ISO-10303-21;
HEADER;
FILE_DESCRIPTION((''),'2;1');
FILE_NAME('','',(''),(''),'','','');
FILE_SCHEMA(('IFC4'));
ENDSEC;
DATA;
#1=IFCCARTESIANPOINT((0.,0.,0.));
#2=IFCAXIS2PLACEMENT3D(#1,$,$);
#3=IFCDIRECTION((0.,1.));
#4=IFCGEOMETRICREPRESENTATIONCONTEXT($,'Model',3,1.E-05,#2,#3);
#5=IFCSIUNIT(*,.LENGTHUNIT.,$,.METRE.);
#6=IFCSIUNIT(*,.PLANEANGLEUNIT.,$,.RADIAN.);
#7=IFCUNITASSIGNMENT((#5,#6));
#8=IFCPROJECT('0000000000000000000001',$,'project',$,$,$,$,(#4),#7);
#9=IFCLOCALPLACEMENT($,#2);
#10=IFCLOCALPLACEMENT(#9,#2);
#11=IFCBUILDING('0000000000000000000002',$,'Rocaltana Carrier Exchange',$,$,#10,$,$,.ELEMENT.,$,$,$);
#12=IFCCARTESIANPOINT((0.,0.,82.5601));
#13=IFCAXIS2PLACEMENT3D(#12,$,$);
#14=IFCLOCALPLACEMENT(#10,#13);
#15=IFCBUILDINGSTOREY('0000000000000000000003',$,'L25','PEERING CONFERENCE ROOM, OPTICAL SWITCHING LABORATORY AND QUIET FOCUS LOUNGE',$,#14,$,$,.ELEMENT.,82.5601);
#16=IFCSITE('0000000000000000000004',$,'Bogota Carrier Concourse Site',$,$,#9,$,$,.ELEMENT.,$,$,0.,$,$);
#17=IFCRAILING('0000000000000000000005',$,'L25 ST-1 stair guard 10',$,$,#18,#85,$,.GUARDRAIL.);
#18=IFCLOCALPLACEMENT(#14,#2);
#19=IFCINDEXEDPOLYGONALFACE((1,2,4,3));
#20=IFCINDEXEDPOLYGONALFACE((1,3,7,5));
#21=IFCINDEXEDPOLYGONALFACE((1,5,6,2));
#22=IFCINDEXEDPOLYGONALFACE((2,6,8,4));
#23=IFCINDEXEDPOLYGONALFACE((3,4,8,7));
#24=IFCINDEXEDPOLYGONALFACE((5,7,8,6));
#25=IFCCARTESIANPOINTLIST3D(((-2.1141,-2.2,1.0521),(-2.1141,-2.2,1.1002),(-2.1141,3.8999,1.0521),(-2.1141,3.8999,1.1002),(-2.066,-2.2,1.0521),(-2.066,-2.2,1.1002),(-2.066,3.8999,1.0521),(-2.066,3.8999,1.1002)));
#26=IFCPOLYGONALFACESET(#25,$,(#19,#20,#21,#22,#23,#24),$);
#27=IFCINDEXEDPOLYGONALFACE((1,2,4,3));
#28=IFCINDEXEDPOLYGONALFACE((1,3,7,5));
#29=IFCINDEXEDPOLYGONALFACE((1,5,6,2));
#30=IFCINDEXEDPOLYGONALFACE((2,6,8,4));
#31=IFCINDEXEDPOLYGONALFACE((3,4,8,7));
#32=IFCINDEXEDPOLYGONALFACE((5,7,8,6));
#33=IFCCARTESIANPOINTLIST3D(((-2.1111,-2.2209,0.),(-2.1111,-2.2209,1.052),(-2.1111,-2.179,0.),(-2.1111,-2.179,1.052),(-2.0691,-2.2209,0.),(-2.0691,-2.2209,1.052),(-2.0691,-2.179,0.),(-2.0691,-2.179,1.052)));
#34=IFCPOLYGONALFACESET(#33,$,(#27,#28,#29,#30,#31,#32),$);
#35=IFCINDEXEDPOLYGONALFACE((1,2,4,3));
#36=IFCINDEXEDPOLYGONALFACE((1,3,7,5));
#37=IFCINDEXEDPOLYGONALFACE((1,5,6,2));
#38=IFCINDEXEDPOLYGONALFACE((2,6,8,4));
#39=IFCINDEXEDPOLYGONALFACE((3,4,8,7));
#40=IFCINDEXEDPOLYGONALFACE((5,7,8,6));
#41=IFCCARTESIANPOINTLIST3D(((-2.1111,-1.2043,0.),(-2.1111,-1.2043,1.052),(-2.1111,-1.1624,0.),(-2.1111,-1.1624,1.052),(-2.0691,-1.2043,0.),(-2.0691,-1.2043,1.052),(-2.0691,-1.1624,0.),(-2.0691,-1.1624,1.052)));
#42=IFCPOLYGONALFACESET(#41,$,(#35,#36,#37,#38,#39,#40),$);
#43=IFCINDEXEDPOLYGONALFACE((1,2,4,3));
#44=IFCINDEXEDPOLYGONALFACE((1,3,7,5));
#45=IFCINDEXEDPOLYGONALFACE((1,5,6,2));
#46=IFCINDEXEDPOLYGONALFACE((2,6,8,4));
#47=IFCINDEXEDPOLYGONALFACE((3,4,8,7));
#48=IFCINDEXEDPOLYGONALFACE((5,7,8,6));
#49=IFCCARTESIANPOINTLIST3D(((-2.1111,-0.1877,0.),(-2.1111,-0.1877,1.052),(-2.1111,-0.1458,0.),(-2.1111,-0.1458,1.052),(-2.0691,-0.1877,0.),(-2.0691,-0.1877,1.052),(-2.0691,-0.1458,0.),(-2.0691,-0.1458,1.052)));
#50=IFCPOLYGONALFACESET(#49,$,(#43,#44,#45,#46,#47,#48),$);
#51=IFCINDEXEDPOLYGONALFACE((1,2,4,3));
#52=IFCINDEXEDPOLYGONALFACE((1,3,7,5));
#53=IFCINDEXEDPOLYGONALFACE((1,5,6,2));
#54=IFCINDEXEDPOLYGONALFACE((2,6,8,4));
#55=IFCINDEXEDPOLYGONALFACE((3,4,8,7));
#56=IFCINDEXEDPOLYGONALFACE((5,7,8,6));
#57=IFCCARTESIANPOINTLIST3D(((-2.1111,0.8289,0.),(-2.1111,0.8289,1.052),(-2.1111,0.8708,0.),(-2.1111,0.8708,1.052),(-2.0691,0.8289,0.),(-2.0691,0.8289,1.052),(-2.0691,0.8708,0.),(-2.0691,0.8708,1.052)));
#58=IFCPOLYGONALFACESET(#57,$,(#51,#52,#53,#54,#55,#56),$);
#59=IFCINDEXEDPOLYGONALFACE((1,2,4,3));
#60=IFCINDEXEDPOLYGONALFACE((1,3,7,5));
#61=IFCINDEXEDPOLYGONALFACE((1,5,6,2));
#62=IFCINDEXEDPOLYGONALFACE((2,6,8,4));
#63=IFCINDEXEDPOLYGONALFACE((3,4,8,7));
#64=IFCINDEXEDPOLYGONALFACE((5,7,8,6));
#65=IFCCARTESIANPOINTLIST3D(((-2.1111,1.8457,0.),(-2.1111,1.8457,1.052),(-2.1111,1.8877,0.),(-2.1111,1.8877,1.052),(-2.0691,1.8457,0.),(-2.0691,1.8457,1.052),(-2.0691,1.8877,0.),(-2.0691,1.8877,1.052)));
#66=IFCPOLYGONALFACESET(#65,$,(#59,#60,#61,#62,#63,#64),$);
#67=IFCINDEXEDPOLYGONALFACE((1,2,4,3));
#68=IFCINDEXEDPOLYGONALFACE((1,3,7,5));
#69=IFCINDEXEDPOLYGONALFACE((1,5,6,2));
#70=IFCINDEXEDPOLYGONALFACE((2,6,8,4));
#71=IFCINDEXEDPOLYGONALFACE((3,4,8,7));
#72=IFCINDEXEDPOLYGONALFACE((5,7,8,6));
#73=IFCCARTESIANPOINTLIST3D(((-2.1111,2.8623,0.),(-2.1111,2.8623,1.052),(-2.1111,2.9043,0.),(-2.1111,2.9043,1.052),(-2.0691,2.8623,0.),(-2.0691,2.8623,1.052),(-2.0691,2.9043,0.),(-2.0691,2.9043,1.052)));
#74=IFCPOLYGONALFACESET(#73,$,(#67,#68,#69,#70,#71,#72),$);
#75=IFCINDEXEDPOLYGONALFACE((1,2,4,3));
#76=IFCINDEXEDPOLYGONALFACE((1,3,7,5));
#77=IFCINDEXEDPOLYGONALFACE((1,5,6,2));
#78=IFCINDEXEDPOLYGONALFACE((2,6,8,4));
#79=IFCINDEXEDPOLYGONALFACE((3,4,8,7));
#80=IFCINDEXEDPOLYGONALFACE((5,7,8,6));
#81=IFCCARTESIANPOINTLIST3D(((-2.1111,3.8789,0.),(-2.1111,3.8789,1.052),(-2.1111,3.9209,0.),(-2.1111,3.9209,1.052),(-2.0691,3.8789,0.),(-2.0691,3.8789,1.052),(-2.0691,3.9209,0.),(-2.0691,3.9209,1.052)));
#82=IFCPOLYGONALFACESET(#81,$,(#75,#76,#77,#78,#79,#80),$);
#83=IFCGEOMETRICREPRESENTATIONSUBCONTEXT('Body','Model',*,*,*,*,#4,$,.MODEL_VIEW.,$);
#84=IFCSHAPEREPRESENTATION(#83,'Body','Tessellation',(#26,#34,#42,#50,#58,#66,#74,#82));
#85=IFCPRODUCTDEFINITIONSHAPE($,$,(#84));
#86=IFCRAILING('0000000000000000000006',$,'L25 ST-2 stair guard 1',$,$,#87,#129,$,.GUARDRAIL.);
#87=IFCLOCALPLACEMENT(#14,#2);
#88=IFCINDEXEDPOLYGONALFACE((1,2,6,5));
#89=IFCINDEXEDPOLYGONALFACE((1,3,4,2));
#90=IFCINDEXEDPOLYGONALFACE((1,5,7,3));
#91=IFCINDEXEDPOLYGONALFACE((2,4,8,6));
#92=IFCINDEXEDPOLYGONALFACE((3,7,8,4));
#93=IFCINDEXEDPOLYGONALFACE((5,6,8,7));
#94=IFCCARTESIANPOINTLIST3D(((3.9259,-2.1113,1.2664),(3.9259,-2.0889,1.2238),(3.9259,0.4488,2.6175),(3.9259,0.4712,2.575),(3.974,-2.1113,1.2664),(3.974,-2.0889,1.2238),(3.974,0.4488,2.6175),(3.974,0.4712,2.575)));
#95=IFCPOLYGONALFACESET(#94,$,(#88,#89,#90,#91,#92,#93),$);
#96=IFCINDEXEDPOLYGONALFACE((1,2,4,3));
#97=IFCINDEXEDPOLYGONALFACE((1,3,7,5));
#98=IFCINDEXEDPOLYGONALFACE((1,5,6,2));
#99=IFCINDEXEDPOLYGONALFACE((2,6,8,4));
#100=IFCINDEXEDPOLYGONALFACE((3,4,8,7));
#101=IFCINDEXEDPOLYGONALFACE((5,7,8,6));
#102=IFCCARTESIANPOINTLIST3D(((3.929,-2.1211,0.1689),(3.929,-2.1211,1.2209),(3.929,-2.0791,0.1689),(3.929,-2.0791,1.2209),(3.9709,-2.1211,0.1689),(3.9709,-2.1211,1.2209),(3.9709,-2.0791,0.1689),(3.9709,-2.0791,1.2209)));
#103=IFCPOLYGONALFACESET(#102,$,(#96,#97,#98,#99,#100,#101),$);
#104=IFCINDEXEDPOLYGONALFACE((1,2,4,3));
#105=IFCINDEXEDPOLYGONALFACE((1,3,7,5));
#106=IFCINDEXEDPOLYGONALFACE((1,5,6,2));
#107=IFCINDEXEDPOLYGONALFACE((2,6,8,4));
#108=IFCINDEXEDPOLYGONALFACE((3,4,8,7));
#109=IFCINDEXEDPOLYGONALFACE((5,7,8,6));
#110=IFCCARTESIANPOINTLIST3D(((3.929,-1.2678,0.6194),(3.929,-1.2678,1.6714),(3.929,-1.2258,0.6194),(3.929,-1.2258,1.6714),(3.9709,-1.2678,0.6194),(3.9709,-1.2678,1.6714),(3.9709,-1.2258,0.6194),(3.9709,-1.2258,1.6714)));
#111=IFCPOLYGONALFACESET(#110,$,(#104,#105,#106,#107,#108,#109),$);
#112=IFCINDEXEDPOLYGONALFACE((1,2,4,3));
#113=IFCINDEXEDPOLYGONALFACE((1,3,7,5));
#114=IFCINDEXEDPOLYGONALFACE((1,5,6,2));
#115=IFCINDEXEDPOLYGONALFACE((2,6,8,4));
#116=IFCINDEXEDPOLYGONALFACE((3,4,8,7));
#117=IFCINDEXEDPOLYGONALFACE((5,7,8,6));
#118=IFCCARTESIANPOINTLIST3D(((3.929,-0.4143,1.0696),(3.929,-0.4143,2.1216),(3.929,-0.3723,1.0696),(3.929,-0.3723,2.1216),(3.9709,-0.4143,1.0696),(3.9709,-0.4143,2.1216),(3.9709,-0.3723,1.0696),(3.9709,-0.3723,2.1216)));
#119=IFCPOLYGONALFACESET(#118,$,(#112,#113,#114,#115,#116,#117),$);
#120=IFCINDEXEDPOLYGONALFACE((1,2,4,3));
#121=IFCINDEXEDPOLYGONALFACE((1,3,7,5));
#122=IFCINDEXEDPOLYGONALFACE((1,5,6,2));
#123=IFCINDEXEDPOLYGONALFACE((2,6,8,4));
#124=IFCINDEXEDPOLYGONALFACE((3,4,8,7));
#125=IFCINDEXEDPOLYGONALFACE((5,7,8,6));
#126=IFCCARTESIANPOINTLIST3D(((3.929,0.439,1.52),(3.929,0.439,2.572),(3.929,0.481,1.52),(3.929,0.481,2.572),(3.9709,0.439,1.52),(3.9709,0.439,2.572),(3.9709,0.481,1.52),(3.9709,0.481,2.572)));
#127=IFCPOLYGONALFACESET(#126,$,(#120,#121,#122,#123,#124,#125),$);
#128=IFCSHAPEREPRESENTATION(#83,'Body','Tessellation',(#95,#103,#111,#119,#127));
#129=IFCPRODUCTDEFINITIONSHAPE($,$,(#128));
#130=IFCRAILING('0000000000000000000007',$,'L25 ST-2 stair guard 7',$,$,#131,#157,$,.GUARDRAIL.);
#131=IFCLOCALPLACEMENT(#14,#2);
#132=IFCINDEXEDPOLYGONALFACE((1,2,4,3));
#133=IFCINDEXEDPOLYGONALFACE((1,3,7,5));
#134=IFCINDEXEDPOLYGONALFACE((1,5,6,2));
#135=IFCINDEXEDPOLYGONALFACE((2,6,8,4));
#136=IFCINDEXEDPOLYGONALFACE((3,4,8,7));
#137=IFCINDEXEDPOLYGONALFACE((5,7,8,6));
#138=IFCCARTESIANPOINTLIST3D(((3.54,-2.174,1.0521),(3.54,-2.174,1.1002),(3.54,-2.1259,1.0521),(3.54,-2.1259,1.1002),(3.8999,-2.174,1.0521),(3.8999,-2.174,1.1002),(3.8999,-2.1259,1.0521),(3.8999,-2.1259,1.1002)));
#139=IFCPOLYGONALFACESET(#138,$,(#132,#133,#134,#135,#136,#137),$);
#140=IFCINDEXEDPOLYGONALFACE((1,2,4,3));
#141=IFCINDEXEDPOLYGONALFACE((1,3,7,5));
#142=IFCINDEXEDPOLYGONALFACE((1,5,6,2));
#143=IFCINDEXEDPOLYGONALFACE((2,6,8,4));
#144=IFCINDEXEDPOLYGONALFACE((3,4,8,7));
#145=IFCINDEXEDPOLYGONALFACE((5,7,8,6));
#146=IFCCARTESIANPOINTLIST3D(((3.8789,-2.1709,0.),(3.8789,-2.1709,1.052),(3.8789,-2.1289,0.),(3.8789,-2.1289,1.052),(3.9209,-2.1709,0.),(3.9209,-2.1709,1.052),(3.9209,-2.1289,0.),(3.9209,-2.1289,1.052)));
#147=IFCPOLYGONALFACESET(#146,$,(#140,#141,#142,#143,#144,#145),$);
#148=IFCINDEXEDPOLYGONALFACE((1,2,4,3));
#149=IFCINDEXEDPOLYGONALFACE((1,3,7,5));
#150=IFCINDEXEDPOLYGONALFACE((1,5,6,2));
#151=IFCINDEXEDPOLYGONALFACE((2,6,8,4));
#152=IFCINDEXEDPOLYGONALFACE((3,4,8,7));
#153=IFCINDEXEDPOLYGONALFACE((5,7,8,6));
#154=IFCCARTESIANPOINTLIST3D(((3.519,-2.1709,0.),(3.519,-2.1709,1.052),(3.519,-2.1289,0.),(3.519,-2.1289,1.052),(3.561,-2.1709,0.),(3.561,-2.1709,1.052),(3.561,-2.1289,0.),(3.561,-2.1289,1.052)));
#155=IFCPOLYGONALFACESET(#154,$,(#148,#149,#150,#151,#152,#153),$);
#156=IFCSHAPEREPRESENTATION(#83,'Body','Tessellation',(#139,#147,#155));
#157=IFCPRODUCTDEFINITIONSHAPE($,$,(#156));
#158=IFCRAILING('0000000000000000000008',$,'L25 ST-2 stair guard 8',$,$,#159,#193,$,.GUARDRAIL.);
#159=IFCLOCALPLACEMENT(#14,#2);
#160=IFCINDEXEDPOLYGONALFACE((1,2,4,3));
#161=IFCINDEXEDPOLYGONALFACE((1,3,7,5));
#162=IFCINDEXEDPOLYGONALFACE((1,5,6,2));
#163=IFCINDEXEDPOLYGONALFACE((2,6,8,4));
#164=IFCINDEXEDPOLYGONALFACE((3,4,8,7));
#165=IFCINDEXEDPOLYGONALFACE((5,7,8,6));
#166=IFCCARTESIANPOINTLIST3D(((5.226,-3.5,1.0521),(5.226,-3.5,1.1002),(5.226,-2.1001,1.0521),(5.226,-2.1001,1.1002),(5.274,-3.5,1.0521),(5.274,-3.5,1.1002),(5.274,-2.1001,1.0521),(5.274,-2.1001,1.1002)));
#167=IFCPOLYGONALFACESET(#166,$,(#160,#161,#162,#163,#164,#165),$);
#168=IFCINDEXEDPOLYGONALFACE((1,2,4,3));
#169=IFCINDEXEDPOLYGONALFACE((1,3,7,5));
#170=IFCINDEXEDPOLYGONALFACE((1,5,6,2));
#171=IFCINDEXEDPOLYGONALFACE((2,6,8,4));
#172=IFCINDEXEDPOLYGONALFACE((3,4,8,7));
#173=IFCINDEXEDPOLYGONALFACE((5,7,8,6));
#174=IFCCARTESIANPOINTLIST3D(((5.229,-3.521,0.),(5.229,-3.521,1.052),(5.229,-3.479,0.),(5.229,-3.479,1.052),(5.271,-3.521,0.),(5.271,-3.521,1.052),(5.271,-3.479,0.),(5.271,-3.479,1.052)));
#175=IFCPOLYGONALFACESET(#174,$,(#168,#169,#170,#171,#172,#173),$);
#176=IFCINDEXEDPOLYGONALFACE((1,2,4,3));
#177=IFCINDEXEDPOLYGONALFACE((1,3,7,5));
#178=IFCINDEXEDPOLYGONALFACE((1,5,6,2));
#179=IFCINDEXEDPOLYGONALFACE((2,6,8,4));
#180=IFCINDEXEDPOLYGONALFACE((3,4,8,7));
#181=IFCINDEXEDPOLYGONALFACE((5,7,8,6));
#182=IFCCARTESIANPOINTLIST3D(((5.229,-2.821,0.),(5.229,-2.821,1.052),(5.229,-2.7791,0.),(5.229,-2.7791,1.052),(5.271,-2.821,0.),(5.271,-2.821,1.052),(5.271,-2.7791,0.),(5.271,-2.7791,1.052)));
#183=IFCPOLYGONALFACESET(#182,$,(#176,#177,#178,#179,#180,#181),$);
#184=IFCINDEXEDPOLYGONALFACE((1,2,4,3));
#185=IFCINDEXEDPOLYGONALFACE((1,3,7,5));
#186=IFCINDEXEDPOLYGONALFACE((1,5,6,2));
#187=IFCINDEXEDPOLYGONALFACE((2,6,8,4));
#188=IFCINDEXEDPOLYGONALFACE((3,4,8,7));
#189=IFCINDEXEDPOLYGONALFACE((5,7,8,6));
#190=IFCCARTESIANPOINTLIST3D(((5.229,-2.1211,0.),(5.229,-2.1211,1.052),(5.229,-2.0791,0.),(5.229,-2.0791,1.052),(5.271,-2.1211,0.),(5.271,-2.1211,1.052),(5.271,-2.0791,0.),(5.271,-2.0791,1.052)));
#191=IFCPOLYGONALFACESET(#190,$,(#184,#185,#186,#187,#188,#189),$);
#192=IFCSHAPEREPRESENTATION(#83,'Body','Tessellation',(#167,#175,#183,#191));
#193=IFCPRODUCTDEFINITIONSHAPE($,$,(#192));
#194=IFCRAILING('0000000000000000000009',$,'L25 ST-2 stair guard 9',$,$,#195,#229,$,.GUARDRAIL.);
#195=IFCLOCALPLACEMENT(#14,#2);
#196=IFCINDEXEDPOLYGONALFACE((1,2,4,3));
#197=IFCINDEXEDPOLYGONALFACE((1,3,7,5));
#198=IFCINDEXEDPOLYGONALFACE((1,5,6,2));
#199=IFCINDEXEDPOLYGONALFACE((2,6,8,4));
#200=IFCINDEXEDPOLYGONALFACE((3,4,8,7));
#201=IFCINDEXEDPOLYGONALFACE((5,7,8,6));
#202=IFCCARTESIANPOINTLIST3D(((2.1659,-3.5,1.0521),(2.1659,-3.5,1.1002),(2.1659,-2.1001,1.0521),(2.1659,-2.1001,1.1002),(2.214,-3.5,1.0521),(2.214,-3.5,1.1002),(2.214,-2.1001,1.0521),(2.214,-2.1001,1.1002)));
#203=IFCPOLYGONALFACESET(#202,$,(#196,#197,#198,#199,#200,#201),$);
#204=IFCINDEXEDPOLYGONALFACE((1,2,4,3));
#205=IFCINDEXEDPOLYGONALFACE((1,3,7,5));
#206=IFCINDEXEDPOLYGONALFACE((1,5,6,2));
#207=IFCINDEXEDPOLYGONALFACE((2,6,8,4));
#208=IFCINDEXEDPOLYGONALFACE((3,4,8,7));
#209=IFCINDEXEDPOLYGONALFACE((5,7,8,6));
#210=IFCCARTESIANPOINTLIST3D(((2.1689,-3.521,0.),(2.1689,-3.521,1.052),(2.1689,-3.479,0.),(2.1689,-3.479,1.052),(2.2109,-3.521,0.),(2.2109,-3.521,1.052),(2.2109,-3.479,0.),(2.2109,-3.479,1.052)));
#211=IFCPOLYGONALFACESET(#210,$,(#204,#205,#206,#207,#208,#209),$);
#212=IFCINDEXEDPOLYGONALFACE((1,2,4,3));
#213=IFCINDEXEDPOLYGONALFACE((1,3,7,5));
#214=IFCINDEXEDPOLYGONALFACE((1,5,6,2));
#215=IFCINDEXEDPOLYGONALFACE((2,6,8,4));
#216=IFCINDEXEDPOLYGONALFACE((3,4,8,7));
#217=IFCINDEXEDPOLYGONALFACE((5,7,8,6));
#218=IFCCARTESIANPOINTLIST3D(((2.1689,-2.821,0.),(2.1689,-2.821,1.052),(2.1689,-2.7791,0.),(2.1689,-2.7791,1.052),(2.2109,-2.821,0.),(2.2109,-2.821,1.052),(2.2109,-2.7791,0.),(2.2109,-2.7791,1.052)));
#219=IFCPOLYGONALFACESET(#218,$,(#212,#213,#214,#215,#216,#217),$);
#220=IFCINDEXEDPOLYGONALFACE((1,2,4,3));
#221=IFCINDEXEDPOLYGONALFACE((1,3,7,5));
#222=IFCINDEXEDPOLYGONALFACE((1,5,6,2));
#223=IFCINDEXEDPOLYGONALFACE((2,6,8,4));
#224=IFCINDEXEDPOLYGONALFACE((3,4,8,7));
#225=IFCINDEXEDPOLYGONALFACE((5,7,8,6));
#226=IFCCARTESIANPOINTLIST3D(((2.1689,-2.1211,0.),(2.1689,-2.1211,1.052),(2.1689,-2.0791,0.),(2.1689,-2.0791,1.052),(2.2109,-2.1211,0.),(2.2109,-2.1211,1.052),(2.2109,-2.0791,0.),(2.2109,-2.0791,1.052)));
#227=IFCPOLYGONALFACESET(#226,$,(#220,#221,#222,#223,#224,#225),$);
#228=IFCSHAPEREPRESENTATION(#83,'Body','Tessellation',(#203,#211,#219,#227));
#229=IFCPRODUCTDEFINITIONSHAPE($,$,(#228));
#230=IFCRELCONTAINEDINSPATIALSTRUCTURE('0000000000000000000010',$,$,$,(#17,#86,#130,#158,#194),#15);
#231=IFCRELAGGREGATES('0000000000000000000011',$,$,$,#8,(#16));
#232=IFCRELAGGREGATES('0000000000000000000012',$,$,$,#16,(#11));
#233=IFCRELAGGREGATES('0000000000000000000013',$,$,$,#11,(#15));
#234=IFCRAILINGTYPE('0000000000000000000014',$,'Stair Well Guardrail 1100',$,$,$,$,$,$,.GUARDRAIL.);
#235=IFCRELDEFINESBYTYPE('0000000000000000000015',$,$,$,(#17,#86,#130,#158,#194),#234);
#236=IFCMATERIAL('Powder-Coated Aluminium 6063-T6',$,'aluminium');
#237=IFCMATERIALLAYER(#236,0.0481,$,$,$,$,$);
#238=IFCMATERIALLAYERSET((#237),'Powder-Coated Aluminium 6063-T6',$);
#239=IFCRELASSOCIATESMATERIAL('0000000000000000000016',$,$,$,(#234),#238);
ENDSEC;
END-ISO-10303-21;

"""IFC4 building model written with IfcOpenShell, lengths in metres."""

from ifc_helpers import new_model, si_unit, direction, frame, origin, origin_2d, place, context, subcontext, project, spatial, rectangle, extrude, material, layer, layer_set, type_object, element, save


model = new_model("IFC4")

# Units and contexts
model_context = context("Model", 3, precision=1e-05, world=origin(), true_north=direction((0.0, 1.0)))
body_context = subcontext(model_context, "Body", "Model", "MODEL_VIEW")
ifc_project = project(units=[si_unit("LENGTHUNIT", "METRE"), si_unit("PLANEANGLEUNIT", "RADIAN")], contexts=[model_context])

# Site, building, storey
site_placement = place(None, origin())
site = spatial("IfcSite", under=ifc_project, at=site_placement, Name="Bogota Carrier Concourse Site", CompositionType="ELEMENT", RefElevation=0.0)
building_placement = place(site_placement, origin())
building = spatial("IfcBuilding", under=site, at=building_placement, Name="Rocaltana Carrier Exchange", CompositionType="ELEMENT")
storey_placement = place(building_placement, frame((0.0, 0.0, 82.5601)))
storey = spatial("IfcBuildingStorey", under=building, at=storey_placement, Name="L25", Description="PEERING CONFERENCE ROOM, OPTICAL SWITCHING LABORATORY AND QUIET FOCUS LOUNGE", CompositionType="ELEMENT", Elevation=82.5601)

# Railings
ifc_material_1 = material(Name="Powder-Coated Aluminium 6063-T6", Category="aluminium")
ifc_layer_1 = layer(ifc_material_1, 0.0481)
ifc_layer_set_1 = layer_set([ifc_layer_1], Name="Powder-Coated Aluminium 6063-T6")
railing_type_1 = type_object("IfcRailingType", Name="Stair Well Guardrail 1100", PredefinedType="GUARDRAIL", material=ifc_layer_set_1)
railing_1_placement = place(storey_placement, frame((-2.0901, -2.2, 0.0)))
element("IfcRailing", 1, at=railing_1_placement, inside=storey, type_object=railing_type_1, Name="L25 ST-1 stair guard 10", PredefinedType="GUARDRAIL", context=body_context, shape_type="SweptSolid", body=[
    extrude(rectangle(XDim=0.0481, YDim=0.0481, at=origin_2d()), frame((0.0, 0.0, 1.0762), z_axis=(0.0, 1.0, 0.0), x_axis=(-1.0, 0.0, 0.0)), (0.0, 0.0, 1.0), 6.0999),
    extrude(rectangle(XDim=0.042, YDim=0.042, at=origin_2d()), origin(), (0.0, 0.0, 1.0), 1.052),
    extrude(rectangle(XDim=0.042, YDim=0.042, at=origin_2d()), frame((0.0, 1.0166, 0.0)), (0.0, 0.0, 1.0), 1.052),
    extrude(rectangle(XDim=0.042, YDim=0.042, at=origin_2d()), frame((0.0, 2.0332, 0.0)), (0.0, 0.0, 1.0), 1.052),
    extrude(rectangle(XDim=0.042, YDim=0.042, at=origin_2d()), frame((0.0, 3.0498, 0.0)), (0.0, 0.0, 1.0), 1.052),
    extrude(rectangle(XDim=0.042, YDim=0.042, at=origin_2d()), frame((0.0, 4.0667, 0.0)), (0.0, 0.0, 1.0), 1.052),
    extrude(rectangle(XDim=0.042, YDim=0.042, at=origin_2d()), frame((0.0, 5.0833, 0.0)), (0.0, 0.0, 1.0), 1.052),
    extrude(rectangle(XDim=0.042, YDim=0.042, at=origin_2d()), frame((0.0, 6.0999, 0.0)), (0.0, 0.0, 1.0), 1.052),
])
railing_2_placement = place(storey_placement, frame((3.95, -2.1001, 0.1689)))
element("IfcRailing", 2, at=railing_2_placement, inside=storey, type_object=railing_type_1, Name="L25 ST-2 stair guard 1", PredefinedType="GUARDRAIL", context=body_context, shape_type="SweptSolid", body=[
    extrude(rectangle(XDim=0.0481, YDim=0.0481, at=origin_2d()), frame((0.0, 0.0, 1.0762), z_axis=(0.0, 0.884394, 0.46674), x_axis=(-1.0, 0.0, 0.0)), (0.0, 0.0, 1.0), 2.8948),
    extrude(rectangle(XDim=0.042, YDim=0.042, at=origin_2d()), origin(), (0.0, 0.0, 1.0), 1.052),
    extrude(rectangle(XDim=0.042, YDim=0.042, at=origin_2d()), frame((0.0, 0.8533, 0.4504)), (0.0, 0.0, 1.0), 1.052),
    extrude(rectangle(XDim=0.042, YDim=0.042, at=origin_2d()), frame((0.0, 1.7068, 0.9006)), (0.0, 0.0, 1.0), 1.052),
    extrude(rectangle(XDim=0.042, YDim=0.042, at=origin_2d()), frame((0.0, 2.5601, 1.3511)), (0.0, 0.0, 1.0), 1.052),
])
railing_3_placement = place(storey_placement, frame((3.8999, -2.1499, 0.0)))
element("IfcRailing", 3, at=railing_3_placement, inside=storey, type_object=railing_type_1, Name="L25 ST-2 stair guard 7", PredefinedType="GUARDRAIL", context=body_context, shape_type="SweptSolid", body=[
    extrude(rectangle(XDim=0.0481, YDim=0.0481, at=origin_2d()), frame((0.0, 0.0, 1.0762), z_axis=(-1.0, 0.0, 0.0), x_axis=(0.0, -1.0, 0.0)), (0.0, 0.0, 1.0), 0.3599),
    extrude(rectangle(XDim=0.042, YDim=0.042, at=origin_2d()), origin(), (0.0, 0.0, 1.0), 1.052),
    extrude(rectangle(XDim=0.042, YDim=0.042, at=origin_2d()), frame((-0.3599, 0.0, 0.0)), (0.0, 0.0, 1.0), 1.052),
])
for number, where, name in (
    (4, (5.25, -3.5, 0.0), "L25 ST-2 stair guard 8"),
    (5, (2.1899, -3.5, 0.0), "L25 ST-2 stair guard 9"),
):
    element("IfcRailing", number, at=place(storey_placement, frame(where)), inside=storey, type_object=railing_type_1, Name=name, PredefinedType="GUARDRAIL", context=body_context, shape_type="SweptSolid", body=[
        extrude(rectangle(XDim=0.0481, YDim=0.0481, at=origin_2d()), frame((0.0, 0.0, 1.0762), z_axis=(0.0, 1.0, 0.0), x_axis=(-1.0, 0.0, 0.0)), (0.0, 0.0, 1.0), 1.3999),
        extrude(rectangle(XDim=0.042, YDim=0.042, at=origin_2d()), origin(), (0.0, 0.0, 1.0), 1.052),
        extrude(rectangle(XDim=0.042, YDim=0.042, at=origin_2d()), frame((0.0, 0.7, 0.0)), (0.0, 0.0, 1.0), 1.052),
        extrude(rectangle(XDim=0.042, YDim=0.042, at=origin_2d()), frame((0.0, 1.3999, 0.0)), (0.0, 0.0, 1.0), 1.052),
    ])

save(model, "model.ifc")
